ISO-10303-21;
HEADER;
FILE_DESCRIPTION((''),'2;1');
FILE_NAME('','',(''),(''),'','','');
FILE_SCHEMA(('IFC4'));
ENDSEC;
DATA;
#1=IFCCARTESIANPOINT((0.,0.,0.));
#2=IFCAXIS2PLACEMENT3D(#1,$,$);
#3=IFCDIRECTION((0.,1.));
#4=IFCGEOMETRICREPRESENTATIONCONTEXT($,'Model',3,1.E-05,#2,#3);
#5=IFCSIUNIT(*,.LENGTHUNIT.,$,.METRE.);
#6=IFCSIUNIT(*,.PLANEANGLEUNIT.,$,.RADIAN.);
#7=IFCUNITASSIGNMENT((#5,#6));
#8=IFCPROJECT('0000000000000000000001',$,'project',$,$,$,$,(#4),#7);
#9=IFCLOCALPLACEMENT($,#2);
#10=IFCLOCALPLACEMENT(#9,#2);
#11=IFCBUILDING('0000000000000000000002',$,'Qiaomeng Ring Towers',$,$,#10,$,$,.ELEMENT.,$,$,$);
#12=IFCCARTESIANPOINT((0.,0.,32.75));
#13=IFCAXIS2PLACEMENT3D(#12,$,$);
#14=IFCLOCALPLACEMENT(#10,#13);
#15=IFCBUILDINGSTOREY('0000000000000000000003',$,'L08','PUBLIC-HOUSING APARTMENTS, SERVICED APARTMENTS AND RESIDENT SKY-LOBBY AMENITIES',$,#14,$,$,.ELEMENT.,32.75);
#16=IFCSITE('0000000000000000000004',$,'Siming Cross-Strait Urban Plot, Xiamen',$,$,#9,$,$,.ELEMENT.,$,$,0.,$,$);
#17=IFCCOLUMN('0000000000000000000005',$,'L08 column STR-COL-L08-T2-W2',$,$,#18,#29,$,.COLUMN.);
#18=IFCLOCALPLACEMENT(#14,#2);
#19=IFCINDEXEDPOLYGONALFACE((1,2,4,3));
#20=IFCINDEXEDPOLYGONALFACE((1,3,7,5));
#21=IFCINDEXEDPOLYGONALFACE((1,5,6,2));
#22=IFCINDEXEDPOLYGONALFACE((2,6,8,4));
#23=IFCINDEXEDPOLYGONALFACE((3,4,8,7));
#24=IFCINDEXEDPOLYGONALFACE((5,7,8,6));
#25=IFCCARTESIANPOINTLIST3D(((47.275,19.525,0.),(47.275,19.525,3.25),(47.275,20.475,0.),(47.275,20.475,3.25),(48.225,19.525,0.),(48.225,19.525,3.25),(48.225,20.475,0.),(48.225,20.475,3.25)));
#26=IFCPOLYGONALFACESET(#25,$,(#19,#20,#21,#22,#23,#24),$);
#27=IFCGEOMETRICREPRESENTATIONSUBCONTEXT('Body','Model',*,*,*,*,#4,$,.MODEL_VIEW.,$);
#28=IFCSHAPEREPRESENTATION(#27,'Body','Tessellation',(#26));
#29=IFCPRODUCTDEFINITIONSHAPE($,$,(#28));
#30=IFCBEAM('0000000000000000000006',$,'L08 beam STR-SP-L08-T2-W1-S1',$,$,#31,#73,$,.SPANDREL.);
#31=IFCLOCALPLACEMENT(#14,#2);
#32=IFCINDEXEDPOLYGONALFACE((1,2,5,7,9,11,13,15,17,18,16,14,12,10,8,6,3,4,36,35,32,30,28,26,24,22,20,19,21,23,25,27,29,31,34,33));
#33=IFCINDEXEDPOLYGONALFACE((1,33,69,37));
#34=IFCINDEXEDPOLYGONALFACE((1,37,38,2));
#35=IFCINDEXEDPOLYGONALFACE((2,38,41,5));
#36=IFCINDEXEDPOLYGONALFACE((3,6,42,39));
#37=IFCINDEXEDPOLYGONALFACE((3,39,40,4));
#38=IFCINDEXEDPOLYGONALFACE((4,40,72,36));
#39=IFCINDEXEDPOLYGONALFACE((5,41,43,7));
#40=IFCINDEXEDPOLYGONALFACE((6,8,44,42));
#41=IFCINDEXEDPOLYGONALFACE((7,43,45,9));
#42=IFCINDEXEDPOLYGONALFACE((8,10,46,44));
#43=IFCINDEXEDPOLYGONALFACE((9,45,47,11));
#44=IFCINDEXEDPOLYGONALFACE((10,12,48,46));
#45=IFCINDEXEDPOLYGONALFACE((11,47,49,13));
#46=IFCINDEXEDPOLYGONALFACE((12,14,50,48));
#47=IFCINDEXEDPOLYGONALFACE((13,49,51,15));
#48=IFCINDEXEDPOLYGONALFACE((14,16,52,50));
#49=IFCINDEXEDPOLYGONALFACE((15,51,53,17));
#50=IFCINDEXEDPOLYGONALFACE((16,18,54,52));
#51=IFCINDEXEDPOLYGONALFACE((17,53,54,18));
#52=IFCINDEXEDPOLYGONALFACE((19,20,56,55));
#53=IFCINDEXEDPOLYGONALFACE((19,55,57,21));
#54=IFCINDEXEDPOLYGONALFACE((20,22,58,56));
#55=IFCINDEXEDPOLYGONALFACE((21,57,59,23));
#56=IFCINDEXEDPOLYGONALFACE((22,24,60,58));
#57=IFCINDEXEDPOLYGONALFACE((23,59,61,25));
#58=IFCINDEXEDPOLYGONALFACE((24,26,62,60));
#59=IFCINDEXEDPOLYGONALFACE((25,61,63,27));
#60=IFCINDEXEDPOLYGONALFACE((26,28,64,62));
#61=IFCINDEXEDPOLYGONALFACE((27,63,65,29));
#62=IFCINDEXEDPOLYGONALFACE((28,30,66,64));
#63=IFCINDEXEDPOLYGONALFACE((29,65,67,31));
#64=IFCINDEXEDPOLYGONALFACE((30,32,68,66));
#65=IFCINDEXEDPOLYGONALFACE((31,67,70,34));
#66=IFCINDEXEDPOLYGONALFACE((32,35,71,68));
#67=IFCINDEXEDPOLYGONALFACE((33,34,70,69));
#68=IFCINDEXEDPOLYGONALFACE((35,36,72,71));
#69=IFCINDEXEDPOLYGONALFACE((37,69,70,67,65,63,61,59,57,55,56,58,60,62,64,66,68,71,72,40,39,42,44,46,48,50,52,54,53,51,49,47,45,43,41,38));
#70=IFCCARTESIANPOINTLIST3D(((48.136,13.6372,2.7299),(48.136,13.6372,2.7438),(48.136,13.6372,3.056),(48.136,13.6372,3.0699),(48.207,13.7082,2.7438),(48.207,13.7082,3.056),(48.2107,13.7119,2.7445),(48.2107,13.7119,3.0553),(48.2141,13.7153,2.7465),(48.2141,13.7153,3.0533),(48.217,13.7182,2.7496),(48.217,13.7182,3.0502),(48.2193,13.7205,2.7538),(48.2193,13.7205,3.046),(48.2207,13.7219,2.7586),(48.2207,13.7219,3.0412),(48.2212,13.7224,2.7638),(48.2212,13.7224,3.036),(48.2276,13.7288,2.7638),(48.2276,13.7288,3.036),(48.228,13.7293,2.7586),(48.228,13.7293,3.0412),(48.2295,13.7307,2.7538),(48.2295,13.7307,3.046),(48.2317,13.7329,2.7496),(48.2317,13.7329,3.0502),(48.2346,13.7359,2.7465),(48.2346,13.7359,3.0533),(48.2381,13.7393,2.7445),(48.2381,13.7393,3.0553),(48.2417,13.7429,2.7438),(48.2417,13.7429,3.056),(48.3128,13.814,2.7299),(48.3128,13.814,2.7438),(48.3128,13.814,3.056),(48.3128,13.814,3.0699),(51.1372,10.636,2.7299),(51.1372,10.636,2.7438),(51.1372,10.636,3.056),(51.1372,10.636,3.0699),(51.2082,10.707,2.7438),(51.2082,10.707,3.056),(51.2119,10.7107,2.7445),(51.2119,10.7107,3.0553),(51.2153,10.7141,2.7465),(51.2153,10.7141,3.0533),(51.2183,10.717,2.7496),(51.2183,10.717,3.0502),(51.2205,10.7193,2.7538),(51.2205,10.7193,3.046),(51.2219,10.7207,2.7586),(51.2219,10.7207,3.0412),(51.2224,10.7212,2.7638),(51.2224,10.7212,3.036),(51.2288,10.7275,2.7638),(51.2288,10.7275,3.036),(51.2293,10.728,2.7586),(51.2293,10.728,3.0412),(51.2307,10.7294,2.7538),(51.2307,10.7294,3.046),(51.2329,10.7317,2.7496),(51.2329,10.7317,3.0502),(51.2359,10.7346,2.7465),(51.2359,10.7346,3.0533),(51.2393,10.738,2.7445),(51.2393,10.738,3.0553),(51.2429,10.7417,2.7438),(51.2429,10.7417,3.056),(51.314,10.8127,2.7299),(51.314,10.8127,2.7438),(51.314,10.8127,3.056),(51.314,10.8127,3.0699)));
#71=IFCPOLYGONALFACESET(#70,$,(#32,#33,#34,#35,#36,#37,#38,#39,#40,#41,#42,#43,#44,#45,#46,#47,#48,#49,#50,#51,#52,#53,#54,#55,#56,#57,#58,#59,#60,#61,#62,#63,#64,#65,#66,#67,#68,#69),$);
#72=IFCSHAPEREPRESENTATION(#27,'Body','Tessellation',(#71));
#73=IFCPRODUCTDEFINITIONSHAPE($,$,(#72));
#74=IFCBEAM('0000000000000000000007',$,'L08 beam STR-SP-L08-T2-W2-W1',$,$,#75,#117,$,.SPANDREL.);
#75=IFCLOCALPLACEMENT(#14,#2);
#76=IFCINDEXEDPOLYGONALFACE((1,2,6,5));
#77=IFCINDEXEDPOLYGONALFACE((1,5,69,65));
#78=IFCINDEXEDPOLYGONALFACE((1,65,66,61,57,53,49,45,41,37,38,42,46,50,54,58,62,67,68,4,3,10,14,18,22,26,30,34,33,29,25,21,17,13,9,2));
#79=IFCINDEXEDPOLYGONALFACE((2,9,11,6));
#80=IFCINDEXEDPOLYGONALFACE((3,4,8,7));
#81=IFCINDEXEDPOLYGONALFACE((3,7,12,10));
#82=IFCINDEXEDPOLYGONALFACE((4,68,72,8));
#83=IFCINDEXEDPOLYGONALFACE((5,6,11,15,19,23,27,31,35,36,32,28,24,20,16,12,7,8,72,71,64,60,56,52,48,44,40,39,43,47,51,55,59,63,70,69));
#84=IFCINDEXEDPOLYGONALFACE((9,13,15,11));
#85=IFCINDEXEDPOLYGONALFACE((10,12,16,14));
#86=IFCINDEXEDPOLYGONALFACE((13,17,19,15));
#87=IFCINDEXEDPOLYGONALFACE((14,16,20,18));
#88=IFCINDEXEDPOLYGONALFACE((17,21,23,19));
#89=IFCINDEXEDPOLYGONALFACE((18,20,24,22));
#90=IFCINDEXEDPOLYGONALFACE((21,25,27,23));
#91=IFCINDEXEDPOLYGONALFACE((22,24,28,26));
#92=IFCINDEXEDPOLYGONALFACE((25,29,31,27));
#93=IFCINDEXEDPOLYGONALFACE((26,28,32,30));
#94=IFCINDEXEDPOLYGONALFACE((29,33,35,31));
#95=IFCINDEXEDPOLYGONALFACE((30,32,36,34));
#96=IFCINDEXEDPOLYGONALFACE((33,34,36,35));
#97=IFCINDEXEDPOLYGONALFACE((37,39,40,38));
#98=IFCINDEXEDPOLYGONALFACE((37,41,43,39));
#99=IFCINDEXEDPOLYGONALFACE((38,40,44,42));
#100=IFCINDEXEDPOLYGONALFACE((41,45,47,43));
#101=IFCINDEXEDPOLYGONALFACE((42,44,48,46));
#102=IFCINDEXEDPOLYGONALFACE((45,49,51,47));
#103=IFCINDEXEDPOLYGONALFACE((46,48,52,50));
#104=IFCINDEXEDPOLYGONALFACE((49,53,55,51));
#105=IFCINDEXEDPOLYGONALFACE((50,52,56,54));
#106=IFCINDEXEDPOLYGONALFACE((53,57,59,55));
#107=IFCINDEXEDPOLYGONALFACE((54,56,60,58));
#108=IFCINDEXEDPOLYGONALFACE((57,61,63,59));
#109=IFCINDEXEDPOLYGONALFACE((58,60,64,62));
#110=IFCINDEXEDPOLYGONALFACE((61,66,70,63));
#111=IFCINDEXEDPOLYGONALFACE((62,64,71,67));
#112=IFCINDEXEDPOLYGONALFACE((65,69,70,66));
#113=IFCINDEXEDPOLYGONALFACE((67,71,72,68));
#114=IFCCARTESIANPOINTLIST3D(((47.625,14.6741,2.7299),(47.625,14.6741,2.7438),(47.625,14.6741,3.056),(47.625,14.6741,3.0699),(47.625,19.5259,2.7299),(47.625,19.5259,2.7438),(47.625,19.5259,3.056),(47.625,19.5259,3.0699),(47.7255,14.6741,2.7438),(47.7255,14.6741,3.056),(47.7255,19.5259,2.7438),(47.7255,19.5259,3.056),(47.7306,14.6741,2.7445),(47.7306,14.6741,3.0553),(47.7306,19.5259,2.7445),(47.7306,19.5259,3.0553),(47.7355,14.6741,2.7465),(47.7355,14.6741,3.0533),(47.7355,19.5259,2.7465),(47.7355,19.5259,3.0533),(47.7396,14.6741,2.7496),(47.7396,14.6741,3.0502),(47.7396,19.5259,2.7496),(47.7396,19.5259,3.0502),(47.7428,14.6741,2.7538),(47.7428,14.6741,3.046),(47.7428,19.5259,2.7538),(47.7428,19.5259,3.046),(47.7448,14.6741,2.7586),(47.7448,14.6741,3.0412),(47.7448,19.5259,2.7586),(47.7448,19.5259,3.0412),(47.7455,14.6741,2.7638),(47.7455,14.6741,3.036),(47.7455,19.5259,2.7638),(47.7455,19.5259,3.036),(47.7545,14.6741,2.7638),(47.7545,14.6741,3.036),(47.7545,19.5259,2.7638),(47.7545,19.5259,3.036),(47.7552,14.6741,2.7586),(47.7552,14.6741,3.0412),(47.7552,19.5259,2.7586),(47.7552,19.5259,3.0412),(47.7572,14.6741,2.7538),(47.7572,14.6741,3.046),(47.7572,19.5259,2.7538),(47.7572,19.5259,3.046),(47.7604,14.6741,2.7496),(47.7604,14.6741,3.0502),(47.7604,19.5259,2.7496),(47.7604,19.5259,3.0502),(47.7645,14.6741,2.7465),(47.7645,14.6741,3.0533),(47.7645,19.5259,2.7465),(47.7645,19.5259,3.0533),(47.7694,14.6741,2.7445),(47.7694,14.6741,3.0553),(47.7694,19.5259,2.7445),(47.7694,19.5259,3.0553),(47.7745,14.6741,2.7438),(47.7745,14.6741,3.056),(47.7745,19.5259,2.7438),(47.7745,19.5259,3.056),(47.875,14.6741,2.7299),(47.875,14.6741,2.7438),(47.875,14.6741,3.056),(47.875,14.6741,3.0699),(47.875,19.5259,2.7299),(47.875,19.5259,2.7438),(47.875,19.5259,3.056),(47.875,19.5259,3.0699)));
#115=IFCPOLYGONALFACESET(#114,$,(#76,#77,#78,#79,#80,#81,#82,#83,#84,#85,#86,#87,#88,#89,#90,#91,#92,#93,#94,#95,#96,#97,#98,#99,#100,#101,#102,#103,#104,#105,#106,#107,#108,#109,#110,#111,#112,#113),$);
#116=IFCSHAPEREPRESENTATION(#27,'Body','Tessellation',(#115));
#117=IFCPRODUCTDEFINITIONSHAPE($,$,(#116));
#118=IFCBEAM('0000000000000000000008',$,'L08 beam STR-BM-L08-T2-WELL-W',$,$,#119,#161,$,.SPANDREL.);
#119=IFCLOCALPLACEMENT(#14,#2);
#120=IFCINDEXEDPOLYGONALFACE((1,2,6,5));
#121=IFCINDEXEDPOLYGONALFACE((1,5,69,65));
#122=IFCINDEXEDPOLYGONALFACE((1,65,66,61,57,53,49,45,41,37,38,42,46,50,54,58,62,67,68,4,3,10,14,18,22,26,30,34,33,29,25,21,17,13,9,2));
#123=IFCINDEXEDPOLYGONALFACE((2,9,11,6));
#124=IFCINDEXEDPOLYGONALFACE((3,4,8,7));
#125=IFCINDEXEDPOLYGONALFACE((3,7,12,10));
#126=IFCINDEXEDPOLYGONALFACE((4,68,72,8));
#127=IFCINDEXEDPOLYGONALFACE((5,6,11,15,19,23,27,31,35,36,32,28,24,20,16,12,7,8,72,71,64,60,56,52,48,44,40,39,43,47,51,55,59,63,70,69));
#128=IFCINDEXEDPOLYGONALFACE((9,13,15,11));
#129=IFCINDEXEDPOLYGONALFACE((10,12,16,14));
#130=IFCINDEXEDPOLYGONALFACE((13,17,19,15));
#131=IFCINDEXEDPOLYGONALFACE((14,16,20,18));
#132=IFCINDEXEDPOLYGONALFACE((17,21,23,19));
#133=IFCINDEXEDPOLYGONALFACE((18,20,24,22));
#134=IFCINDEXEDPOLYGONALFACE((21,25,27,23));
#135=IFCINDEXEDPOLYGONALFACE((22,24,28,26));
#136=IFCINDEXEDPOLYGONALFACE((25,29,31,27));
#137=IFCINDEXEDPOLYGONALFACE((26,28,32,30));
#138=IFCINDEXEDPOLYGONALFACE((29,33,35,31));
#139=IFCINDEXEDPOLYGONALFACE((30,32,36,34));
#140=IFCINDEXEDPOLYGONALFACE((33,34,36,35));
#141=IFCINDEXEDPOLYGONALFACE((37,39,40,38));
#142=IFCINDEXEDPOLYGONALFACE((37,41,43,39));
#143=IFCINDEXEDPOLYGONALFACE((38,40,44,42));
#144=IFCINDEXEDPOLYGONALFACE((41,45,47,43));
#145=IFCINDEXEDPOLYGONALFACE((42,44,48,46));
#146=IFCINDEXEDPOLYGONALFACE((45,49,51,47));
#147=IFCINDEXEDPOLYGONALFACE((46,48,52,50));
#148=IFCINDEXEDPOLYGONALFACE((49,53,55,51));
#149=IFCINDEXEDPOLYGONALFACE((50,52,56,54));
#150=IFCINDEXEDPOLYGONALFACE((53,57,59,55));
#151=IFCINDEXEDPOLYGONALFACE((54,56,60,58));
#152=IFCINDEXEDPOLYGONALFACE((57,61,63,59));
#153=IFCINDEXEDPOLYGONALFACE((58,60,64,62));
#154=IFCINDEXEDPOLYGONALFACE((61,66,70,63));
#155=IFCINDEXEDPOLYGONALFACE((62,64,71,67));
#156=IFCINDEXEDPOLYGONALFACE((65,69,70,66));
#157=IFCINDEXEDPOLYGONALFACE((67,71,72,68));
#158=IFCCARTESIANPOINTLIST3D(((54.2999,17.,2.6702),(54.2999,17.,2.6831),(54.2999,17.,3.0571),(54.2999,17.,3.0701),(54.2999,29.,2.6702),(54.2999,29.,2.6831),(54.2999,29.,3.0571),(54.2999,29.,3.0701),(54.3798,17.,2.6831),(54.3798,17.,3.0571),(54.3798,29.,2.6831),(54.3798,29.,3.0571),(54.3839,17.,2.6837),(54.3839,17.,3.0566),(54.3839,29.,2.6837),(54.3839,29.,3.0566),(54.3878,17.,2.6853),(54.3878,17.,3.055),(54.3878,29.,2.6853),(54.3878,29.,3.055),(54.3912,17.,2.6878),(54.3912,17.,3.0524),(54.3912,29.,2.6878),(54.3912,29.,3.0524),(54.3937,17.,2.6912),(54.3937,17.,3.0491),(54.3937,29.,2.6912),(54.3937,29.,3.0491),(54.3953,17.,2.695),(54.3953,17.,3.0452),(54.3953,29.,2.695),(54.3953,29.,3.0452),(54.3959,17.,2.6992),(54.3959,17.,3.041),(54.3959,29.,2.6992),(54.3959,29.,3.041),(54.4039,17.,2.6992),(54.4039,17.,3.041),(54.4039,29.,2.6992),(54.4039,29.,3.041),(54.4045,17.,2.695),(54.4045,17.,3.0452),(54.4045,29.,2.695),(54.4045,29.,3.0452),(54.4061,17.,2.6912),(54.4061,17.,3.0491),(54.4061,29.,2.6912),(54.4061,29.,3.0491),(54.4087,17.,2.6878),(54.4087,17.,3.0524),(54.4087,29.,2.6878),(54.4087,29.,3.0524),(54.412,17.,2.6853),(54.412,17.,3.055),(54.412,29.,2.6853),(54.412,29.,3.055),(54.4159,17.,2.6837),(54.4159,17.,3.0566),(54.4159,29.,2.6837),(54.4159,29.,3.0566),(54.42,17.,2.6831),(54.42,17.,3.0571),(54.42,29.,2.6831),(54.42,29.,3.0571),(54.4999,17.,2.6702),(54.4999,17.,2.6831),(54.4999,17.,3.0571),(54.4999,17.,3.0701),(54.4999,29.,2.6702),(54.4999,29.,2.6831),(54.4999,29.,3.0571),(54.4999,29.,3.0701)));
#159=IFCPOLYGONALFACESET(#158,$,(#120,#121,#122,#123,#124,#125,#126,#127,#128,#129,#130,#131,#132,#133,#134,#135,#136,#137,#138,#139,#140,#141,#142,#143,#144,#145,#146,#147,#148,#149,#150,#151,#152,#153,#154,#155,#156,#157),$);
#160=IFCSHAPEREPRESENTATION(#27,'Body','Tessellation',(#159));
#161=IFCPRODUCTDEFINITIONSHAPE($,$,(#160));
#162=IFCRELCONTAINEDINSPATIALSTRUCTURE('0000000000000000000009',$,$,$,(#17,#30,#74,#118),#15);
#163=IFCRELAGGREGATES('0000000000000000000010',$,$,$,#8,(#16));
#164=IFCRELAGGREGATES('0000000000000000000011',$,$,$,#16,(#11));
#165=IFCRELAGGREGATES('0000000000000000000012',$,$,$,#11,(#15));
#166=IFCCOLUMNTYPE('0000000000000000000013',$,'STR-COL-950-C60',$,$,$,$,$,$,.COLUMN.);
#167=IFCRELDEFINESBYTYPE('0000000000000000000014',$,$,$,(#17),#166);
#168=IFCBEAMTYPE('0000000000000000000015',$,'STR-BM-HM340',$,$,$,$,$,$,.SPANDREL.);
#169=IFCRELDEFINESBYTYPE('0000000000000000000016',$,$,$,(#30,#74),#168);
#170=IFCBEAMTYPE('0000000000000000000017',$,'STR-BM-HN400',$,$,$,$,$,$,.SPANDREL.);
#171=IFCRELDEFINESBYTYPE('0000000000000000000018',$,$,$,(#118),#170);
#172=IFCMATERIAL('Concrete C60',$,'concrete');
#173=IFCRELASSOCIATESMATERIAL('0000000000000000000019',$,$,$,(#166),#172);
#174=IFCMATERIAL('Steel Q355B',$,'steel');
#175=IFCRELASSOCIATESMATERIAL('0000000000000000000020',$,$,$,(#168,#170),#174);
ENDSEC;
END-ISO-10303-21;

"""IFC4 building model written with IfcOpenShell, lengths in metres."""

from ifc_helpers import new_model, si_unit, direction, frame, origin, origin_2d, place, context, subcontext, project, spatial, rectangle, i_section, extrude, source, transform, mapped, material, material_profile, profile_set, type_object, element, save


model = new_model("IFC4")

# Units and contexts
model_context = context("Model", 3, precision=1e-05, world=origin(), true_north=direction((0.0, 1.0)))
body_context = subcontext(model_context, "Body", "Model", "MODEL_VIEW")
ifc_project = project(units=[si_unit("LENGTHUNIT", "METRE"), si_unit("PLANEANGLEUNIT", "RADIAN")], contexts=[model_context])

# Site, building, storey
site_placement = place(None, origin())
site = spatial("IfcSite", under=ifc_project, at=site_placement, Name="Siming Cross-Strait Urban Plot, Xiamen", CompositionType="ELEMENT", RefElevation=0.0)
building_placement = place(site_placement, origin())
building = spatial("IfcBuilding", under=site, at=building_placement, Name="Qiaomeng Ring Towers", CompositionType="ELEMENT")
storey_placement = place(building_placement, frame((0.0, 0.0, 32.75)))
storey = spatial("IfcBuildingStorey", under=building, at=storey_placement, Name="L08", Description="PUBLIC-HOUSING APARTMENTS, SERVICED APARTMENTS AND RESIDENT SKY-LOBBY AMENITIES", CompositionType="ELEMENT", Elevation=32.75)

# Column
ifc_material_1 = material(Name="Concrete C60", Category="concrete")
ifc_material_profile_1 = material_profile(ifc_material_1, rectangle(XDim=0.95, YDim=0.95, at=origin_2d()), Name="RC COL 950x950")
ifc_profile_set_1 = profile_set([ifc_material_profile_1], Name="Concrete C60")
column_type = type_object("IfcColumnType", Name="STR-COL-950-C60", PredefinedType="COLUMN", material=ifc_profile_set_1)
shared_shape_1 = source(origin(), body_context, "Body", "SweptSolid", [
    extrude(rectangle(XDim=0.95, YDim=0.95, at=origin_2d()), origin(), (0.0, 0.0, 1.0), 3.25),
])
column_placement = place(storey_placement, frame((47.75, 20.0, 0.0), z_axis=(0.0, 0.0, 1.0), x_axis=(1.0, 0.0, 0.0)))
element("IfcColumn", 1, at=column_placement, inside=storey, type_object=column_type, Name="L08 column STR-COL-L08-T2-W2", PredefinedType="COLUMN", context=body_context, shape_type="MappedRepresentation", body=[
    mapped(shared_shape_1, transform((0.0, 0.0, 0.0), x_axis=(1.0, 0.0, 0.0), y_axis=(0.0, 1.0, 0.0), z_axis=(0.0, 0.0, 1.0), scale=1.0)),
])

# Beams
ifc_material_2 = material(Name="Steel Q355B", Category="steel")
ifc_material_profile_2 = material_profile(ifc_material_2, i_section(OverallWidth=0.25, OverallDepth=0.3401, WebThickness=0.009, FlangeThickness=0.0139, FilletRadius=0.02, at=origin_2d()), Name="HM 340x250x9x14")
ifc_profile_set_2 = profile_set([ifc_material_profile_2], Name="Steel Q355B")
beam_type_1 = type_object("IfcBeamType", Name="STR-BM-HM340", PredefinedType="SPANDREL", material=ifc_profile_set_2)
shared_shape_2 = source(origin(), body_context, "Body", "SweptSolid", [
    extrude(i_section(OverallWidth=0.25, OverallDepth=0.3401, WebThickness=0.009, FlangeThickness=0.0139, FilletRadius=0.02, at=origin_2d()), origin(), (0.0, 0.0, 1.0), 4.2444),
])
beam_1_placement = place(storey_placement, frame((48.2244, 13.7256, 2.8999), z_axis=(0.707107, -0.707107, 0.0), x_axis=(0.707107, 0.707107, 0.0)))
element("IfcBeam", 2, at=beam_1_placement, inside=storey, type_object=beam_type_1, Name="L08 beam STR-SP-L08-T2-W1-S1", PredefinedType="SPANDREL", context=body_context, shape_type="MappedRepresentation", body=[
    mapped(shared_shape_2, transform((0.0, 0.0, 0.0), x_axis=(1.0, 0.0, 0.0), y_axis=(0.0, 1.0, 0.0), z_axis=(0.0, 0.0, 1.0), scale=1.0)),
])
shared_shape_3 = source(origin(), body_context, "Body", "SweptSolid", [
    extrude(i_section(OverallWidth=0.25, OverallDepth=0.3401, WebThickness=0.009, FlangeThickness=0.0139, FilletRadius=0.02, at=origin_2d()), origin(), (0.0, 0.0, 1.0), 4.8518),
])
beam_2_placement = place(storey_placement, frame((47.75, 19.5259, 2.8999), z_axis=(0.0, -1.0, 0.0), x_axis=(1.0, 0.0, 0.0)))
element("IfcBeam", 3, at=beam_2_placement, inside=storey, type_object=beam_type_1, Name="L08 beam STR-SP-L08-T2-W2-W1", PredefinedType="SPANDREL", context=body_context, shape_type="MappedRepresentation", body=[
    mapped(shared_shape_3, transform((0.0, 0.0, 0.0), x_axis=(1.0, 0.0, 0.0), y_axis=(0.0, 1.0, 0.0), z_axis=(0.0, 0.0, 1.0), scale=1.0)),
])
ifc_material_profile_3 = material_profile(ifc_material_2, i_section(OverallWidth=0.2, OverallDepth=0.3999, WebThickness=0.0081, FlangeThickness=0.0129, FilletRadius=0.0161, at=origin_2d()), Name="HN 400x200x8x13")
ifc_profile_set_3 = profile_set([ifc_material_profile_3], Name="Steel Q355B")
beam_type_2 = type_object("IfcBeamType", Name="STR-BM-HN400", PredefinedType="SPANDREL", material=ifc_profile_set_3)
shared_shape_4 = source(origin(), body_context, "Body", "SweptSolid", [
    extrude(i_section(OverallWidth=0.2, OverallDepth=0.3999, WebThickness=0.0081, FlangeThickness=0.0129, FilletRadius=0.0161, at=origin_2d()), origin(), (0.0, 0.0, 1.0), 12.0),
])
beam_3_placement = place(storey_placement, frame((54.3999, 17.0, 2.8701), z_axis=(0.0, 1.0, 0.0), x_axis=(-1.0, 0.0, 0.0)))
element("IfcBeam", 4, at=beam_3_placement, inside=storey, type_object=beam_type_2, Name="L08 beam STR-BM-L08-T2-WELL-W", PredefinedType="SPANDREL", context=body_context, shape_type="MappedRepresentation", body=[
    mapped(shared_shape_4, transform((0.0, 0.0, 0.0), x_axis=(1.0, 0.0, 0.0), y_axis=(0.0, 1.0, 0.0), z_axis=(0.0, 0.0, 1.0), scale=1.0)),
])

save(model, "model.ifc")
